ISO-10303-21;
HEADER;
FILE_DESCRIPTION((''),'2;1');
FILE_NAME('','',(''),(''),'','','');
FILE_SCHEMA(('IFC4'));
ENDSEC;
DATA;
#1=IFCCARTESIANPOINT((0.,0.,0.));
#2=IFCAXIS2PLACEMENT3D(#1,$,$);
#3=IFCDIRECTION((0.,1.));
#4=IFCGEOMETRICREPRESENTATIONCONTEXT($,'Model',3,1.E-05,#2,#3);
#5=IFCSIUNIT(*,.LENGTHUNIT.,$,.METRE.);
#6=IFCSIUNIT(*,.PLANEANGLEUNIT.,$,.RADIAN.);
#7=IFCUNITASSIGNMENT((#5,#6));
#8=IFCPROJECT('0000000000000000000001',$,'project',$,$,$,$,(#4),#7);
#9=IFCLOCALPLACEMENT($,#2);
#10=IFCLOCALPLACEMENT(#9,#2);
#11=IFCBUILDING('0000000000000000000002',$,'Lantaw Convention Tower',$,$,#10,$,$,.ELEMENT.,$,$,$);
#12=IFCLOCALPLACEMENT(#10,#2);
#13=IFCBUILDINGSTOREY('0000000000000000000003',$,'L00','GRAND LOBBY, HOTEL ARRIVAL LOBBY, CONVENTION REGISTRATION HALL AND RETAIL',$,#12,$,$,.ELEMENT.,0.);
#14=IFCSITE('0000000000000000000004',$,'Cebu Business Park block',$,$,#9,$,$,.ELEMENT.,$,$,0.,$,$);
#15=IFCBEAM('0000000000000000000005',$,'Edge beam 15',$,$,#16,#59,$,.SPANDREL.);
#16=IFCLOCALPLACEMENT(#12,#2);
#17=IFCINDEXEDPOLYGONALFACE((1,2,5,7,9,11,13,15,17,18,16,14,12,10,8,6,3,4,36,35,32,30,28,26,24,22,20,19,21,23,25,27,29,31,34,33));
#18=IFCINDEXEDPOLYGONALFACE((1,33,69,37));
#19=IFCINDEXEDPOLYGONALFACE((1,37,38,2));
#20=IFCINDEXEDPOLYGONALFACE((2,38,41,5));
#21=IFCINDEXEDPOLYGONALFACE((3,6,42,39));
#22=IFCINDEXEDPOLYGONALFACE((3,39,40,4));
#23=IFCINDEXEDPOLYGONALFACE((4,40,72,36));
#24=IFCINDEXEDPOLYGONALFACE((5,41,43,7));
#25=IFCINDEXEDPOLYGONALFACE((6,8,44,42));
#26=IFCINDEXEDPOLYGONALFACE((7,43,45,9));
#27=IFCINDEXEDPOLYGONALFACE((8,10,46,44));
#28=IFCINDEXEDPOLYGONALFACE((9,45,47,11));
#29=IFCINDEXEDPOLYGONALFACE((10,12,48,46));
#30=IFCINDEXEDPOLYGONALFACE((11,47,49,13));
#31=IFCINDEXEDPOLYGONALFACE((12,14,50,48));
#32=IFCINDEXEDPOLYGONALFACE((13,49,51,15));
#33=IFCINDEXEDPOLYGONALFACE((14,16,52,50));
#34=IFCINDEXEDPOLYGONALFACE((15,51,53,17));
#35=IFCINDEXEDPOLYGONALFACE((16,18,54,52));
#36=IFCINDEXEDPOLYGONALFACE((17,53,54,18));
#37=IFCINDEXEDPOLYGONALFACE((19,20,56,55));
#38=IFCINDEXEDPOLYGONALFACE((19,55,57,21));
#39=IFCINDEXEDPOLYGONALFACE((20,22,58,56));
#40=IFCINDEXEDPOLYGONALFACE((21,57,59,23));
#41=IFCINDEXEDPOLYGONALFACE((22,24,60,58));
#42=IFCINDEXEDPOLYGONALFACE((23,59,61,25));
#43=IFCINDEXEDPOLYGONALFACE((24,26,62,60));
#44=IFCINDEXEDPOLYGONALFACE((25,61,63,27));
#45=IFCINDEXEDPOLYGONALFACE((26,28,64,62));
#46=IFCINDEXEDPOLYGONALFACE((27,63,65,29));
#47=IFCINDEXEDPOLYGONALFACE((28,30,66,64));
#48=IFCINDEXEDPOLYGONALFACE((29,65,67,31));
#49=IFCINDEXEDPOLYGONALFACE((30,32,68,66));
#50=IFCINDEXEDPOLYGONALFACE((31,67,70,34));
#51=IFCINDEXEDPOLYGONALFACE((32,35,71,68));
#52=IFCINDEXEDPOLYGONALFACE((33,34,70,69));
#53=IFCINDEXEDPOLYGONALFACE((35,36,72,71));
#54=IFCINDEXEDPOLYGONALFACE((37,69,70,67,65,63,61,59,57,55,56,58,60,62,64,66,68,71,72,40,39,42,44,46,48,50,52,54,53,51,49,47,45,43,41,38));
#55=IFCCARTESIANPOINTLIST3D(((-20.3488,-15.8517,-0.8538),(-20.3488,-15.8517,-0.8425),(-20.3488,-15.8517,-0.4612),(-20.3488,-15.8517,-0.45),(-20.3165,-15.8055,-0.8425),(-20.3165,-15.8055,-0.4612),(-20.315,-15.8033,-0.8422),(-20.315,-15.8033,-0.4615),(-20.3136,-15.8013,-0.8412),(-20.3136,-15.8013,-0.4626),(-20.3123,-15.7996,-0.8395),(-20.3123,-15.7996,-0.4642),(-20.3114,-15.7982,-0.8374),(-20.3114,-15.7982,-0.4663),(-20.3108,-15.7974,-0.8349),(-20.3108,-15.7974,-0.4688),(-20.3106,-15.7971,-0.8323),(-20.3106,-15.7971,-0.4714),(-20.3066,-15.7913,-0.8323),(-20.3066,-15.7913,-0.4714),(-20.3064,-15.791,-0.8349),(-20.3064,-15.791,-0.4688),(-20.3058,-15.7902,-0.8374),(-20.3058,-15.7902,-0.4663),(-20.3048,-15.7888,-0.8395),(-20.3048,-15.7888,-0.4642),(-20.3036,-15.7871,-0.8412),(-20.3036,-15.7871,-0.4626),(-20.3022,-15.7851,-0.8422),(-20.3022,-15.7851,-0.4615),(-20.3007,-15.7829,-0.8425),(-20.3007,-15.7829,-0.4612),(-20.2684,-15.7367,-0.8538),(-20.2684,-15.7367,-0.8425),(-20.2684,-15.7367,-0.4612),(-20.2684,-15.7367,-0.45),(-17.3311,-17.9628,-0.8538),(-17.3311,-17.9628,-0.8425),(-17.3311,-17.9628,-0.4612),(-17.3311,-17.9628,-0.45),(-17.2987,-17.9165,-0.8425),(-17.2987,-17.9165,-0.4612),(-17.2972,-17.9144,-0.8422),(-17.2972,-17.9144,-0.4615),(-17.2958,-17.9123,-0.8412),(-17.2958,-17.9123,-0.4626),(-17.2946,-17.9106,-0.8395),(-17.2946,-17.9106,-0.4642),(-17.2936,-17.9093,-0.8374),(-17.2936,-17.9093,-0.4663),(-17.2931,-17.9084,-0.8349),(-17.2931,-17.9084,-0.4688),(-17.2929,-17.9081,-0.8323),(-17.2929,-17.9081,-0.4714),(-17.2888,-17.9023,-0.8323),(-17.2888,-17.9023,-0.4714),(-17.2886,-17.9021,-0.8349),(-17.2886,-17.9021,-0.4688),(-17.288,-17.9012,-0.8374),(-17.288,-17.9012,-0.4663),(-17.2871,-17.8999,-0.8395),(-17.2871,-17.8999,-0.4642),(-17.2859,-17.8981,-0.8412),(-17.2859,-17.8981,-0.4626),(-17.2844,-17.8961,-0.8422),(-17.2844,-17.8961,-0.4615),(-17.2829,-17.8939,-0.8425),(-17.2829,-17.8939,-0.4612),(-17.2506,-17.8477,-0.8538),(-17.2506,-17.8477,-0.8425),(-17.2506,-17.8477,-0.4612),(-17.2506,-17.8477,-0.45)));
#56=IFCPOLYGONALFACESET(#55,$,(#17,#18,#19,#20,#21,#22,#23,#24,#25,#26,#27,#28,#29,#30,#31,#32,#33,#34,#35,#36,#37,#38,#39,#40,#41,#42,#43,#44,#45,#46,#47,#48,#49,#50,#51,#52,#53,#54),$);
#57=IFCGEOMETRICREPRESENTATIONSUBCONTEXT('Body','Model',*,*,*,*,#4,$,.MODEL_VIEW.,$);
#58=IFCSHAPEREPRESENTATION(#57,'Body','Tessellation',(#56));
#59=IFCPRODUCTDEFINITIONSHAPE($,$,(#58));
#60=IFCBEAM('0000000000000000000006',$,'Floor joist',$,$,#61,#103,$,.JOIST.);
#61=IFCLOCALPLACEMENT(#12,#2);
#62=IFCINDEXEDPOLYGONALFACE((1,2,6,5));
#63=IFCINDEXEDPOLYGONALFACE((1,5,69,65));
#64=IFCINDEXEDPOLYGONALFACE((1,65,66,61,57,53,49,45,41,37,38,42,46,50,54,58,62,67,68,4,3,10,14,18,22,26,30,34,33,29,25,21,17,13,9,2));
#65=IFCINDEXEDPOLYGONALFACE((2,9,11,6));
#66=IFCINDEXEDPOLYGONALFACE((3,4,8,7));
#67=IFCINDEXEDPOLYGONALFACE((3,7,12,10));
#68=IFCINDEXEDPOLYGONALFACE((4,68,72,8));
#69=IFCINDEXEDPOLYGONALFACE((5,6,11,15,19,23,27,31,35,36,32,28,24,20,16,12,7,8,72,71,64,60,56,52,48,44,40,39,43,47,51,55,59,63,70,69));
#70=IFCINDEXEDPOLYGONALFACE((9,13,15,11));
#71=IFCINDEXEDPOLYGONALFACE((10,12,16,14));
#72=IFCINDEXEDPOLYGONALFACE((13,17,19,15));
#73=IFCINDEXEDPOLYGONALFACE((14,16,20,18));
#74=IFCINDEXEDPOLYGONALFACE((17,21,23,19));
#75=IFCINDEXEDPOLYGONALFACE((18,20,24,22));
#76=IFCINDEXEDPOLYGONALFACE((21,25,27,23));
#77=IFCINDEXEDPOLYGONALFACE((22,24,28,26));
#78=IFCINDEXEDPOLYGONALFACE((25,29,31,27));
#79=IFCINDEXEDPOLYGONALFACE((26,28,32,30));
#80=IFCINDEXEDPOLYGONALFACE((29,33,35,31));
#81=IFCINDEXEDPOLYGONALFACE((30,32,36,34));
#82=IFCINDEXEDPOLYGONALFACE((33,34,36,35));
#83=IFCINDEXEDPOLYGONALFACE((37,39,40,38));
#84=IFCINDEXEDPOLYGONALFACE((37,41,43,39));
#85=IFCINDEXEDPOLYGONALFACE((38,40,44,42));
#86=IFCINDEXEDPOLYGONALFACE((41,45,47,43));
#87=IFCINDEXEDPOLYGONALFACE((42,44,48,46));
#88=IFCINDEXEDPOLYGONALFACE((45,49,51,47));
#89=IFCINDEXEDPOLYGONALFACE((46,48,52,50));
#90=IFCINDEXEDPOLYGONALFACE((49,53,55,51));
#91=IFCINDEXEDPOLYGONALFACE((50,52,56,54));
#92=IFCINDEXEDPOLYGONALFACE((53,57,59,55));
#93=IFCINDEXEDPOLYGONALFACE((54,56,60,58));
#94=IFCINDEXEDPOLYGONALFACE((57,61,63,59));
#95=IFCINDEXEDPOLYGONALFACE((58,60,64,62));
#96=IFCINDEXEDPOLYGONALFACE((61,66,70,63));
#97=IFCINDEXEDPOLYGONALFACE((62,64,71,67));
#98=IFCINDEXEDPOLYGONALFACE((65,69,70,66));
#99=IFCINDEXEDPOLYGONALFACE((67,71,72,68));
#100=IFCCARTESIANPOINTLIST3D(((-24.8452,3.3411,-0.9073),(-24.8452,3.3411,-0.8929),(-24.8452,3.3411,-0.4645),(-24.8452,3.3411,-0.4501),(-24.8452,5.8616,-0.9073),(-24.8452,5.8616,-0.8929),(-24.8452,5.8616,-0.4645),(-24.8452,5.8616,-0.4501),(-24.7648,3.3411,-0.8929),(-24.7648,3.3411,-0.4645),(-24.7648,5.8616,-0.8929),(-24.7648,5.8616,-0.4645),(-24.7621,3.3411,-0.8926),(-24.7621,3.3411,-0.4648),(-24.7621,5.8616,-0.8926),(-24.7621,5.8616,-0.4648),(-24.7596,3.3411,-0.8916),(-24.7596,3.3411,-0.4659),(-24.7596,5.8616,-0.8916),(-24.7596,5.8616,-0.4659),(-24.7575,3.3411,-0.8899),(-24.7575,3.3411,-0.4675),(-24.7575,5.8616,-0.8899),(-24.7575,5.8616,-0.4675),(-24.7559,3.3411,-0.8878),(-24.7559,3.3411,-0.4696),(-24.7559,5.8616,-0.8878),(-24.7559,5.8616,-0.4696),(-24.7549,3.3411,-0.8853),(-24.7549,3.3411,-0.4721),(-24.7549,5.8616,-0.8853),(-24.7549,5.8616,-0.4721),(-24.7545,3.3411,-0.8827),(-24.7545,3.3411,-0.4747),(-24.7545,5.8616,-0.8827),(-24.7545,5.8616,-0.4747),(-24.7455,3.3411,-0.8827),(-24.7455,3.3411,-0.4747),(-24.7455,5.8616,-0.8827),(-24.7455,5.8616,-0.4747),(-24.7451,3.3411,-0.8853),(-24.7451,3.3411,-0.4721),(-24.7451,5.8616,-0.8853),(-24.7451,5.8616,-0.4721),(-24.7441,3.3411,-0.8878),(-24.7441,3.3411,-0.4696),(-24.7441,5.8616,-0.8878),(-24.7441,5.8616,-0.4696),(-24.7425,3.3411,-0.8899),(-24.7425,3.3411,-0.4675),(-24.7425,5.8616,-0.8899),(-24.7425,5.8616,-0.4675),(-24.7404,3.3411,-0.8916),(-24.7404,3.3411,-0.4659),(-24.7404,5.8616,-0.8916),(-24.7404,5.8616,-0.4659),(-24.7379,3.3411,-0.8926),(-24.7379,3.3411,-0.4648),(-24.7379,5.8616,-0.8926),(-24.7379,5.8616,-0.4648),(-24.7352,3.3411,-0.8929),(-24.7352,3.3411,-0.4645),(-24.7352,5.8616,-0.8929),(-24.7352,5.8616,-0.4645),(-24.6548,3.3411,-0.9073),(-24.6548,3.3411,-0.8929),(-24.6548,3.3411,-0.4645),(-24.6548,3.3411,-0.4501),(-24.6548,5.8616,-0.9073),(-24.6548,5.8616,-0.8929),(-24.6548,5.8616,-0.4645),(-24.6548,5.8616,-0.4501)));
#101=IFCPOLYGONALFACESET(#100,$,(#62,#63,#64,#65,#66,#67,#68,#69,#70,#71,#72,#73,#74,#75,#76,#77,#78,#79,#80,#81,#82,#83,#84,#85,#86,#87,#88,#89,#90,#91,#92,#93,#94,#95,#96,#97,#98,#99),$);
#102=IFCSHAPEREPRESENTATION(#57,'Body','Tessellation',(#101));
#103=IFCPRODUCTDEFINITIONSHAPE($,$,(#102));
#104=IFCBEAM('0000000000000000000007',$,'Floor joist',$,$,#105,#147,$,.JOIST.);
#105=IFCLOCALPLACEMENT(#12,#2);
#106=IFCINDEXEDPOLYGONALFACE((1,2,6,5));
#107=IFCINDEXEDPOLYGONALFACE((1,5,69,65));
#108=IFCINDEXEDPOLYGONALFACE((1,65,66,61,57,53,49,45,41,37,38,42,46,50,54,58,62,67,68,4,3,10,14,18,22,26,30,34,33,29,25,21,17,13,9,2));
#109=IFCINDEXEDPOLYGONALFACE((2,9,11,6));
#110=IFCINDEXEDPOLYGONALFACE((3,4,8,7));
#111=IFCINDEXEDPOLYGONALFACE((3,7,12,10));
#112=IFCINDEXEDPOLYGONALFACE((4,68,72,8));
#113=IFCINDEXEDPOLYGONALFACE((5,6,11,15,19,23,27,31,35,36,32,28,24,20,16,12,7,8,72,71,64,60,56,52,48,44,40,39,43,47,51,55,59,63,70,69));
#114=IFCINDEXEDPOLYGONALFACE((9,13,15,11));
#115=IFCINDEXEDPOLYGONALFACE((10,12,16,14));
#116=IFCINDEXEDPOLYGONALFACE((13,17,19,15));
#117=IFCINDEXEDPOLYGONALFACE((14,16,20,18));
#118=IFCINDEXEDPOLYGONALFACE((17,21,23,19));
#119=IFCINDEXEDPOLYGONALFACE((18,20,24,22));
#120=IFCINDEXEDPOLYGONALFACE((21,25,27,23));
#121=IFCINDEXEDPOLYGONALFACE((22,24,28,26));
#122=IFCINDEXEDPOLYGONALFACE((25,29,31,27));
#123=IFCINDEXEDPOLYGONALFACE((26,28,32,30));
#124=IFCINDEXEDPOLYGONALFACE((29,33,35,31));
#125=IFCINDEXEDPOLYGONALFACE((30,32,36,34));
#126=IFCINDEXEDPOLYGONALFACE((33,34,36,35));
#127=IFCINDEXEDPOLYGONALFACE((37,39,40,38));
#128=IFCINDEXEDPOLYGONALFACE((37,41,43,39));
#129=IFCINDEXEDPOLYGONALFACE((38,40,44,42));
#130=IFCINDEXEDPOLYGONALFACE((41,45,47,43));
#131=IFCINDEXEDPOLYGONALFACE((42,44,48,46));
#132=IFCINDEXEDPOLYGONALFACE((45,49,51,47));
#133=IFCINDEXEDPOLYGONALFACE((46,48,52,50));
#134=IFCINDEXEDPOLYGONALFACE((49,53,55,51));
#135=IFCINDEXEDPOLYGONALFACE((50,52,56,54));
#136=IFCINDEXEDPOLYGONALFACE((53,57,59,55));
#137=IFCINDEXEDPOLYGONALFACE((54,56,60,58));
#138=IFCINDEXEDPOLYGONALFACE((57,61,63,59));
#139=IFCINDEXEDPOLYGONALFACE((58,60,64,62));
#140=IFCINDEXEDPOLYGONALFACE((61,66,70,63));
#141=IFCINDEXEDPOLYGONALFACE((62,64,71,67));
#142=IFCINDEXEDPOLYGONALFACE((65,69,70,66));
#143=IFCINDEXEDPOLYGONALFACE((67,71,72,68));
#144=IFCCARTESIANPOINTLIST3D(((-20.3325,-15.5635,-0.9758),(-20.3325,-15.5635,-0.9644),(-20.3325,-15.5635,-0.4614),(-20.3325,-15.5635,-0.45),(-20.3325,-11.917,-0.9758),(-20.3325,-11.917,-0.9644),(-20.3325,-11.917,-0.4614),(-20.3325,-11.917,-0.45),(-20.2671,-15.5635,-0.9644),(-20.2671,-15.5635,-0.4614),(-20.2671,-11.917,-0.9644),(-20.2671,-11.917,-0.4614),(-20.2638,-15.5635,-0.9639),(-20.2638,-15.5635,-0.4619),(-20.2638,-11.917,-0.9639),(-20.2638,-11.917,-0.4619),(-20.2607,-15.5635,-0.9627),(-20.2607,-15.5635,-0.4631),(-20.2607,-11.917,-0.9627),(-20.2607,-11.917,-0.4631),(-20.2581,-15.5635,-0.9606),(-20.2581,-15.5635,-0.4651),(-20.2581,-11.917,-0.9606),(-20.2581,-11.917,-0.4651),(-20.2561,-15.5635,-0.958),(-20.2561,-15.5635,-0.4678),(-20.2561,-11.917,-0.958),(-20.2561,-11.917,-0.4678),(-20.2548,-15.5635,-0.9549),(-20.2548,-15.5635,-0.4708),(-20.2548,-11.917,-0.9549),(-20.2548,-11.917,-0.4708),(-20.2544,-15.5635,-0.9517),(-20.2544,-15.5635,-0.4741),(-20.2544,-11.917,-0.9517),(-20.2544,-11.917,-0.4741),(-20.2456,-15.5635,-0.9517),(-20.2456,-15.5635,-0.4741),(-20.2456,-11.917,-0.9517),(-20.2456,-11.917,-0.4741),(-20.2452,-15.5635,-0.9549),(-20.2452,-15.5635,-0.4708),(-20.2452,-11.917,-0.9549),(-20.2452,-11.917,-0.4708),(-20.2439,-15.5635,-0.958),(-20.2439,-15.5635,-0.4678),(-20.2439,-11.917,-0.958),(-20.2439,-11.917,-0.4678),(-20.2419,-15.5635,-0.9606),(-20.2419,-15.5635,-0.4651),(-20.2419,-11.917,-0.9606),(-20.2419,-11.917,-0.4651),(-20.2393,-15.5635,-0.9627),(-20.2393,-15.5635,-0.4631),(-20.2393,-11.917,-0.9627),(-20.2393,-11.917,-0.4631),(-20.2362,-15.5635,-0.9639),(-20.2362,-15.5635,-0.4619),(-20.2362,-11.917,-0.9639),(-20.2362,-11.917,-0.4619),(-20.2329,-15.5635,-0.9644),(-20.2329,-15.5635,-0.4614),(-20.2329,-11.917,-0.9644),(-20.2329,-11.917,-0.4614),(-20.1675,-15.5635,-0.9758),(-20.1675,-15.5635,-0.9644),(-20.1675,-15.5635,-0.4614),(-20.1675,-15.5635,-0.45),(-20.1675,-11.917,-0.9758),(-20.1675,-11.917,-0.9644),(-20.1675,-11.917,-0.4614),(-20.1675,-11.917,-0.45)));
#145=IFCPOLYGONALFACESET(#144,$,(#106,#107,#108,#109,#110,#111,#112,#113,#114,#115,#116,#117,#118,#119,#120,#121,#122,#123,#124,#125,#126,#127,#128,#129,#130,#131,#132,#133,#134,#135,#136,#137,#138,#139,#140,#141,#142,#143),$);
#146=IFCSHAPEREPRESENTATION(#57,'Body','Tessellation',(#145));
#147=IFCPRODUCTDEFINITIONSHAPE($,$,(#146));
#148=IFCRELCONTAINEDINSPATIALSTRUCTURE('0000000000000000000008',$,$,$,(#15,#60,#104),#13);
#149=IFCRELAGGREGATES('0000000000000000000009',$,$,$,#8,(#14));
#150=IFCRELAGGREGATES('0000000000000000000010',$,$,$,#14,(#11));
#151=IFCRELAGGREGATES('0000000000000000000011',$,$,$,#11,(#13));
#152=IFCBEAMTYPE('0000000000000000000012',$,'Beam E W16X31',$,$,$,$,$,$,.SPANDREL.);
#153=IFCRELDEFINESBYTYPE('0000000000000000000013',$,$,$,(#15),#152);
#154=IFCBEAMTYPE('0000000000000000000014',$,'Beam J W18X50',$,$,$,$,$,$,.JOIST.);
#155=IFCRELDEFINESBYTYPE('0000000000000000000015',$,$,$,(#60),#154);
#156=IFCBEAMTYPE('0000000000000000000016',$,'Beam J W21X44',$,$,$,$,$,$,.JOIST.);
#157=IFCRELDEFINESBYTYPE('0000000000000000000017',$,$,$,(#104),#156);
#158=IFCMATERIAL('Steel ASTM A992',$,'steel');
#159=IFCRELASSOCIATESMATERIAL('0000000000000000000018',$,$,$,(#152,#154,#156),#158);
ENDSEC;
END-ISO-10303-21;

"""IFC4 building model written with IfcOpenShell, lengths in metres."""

from ifc_helpers import new_model, si_unit, direction, frame, origin, origin_2d, place, context, subcontext, project, spatial, i_section, extrude, material, material_profile, profile_set, type_object, element, save


model = new_model("IFC4")

# Units and contexts
model_context = context("Model", 3, precision=1e-05, world=origin(), true_north=direction((0.0, 1.0)))
body_context = subcontext(model_context, "Body", "Model", "MODEL_VIEW")
ifc_project = project(units=[si_unit("LENGTHUNIT", "METRE"), si_unit("PLANEANGLEUNIT", "RADIAN")], contexts=[model_context])

# Site, building, storey
site_placement = place(None, origin())
site = spatial("IfcSite", under=ifc_project, at=site_placement, Name="Cebu Business Park block", CompositionType="ELEMENT", RefElevation=0.0)
building_placement = place(site_placement, origin())
building = spatial("IfcBuilding", under=site, at=building_placement, Name="Lantaw Convention Tower", CompositionType="ELEMENT")
storey_placement = place(building_placement, origin())
storey = spatial("IfcBuildingStorey", under=building, at=storey_placement, Name="L00", Description="GRAND LOBBY, HOTEL ARRIVAL LOBBY, CONVENTION REGISTRATION HALL AND RETAIL", CompositionType="ELEMENT", Elevation=0.0)

# Beams
ifc_material_1 = material(Name="Steel ASTM A992", Category="steel")
ifc_material_profile_1 = material_profile(ifc_material_1, i_section(OverallWidth=0.1404, OverallDepth=0.4038, WebThickness=0.0071, FlangeThickness=0.0112, FilletRadius=0.0103, at=origin_2d()), Name="W16X31")
ifc_profile_set_1 = profile_set([ifc_material_profile_1], Name="Steel ASTM A992")
beam_type_1 = type_object("IfcBeamType", Name="Beam E W16X31", PredefinedType="SPANDREL", material=ifc_profile_set_1)
beam_1_placement = place(storey_placement, frame((-20.3086, -15.7942, -0.6519), z_axis=(0.819409, -0.573209, 0.0), x_axis=(0.573209, 0.819409, 0.0)))
element("IfcBeam", 1, at=beam_1_placement, inside=storey, type_object=beam_type_1, Name="Edge beam 15", PredefinedType="SPANDREL", context=body_context, shape_type="SweptSolid", body=[
    extrude(i_section(OverallWidth=0.1404, OverallDepth=0.4038, WebThickness=0.0071, FlangeThickness=0.0112, FilletRadius=0.0103, at=origin_2d()), origin(), (0.0, 0.0, 1.0), 3.6829),
])
ifc_material_profile_2 = material_profile(ifc_material_1, i_section(OverallWidth=0.1904, OverallDepth=0.4573, WebThickness=0.009, FlangeThickness=0.0144, FilletRadius=0.0103, at=origin_2d()), Name="W18X50")
ifc_profile_set_2 = profile_set([ifc_material_profile_2], Name="Steel ASTM A992")
beam_type_2 = type_object("IfcBeamType", Name="Beam J W18X50", PredefinedType="JOIST", material=ifc_profile_set_2)
beam_2_placement = place(storey_placement, frame((-24.75, 3.3411, -0.6787), z_axis=(0.0, 1.0, 0.0), x_axis=(-1.0, 0.0, 0.0)))
element("IfcBeam", 2, at=beam_2_placement, inside=storey, type_object=beam_type_2, Name="Floor joist", PredefinedType="JOIST", context=body_context, shape_type="SweptSolid", body=[
    extrude(i_section(OverallWidth=0.1904, OverallDepth=0.4573, WebThickness=0.009, FlangeThickness=0.0144, FilletRadius=0.0103, at=origin_2d()), origin(), (0.0, 0.0, 1.0), 2.5205),
])
ifc_material_profile_3 = material_profile(ifc_material_1, i_section(OverallWidth=0.165, OverallDepth=0.5259, WebThickness=0.0088, FlangeThickness=0.0115, FilletRadius=0.0127, at=origin_2d()), Name="W21X44")
ifc_profile_set_3 = profile_set([ifc_material_profile_3], Name="Steel ASTM A992")
beam_type_3 = type_object("IfcBeamType", Name="Beam J W21X44", PredefinedType="JOIST", material=ifc_profile_set_3)
beam_3_placement = place(storey_placement, frame((-20.25, -15.5635, -0.7129), z_axis=(0.0, 1.0, 0.0), x_axis=(-1.0, 0.0, 0.0)))
element("IfcBeam", 3, at=beam_3_placement, inside=storey, type_object=beam_type_3, Name="Floor joist", PredefinedType="JOIST", context=body_context, shape_type="SweptSolid", body=[
    extrude(i_section(OverallWidth=0.165, OverallDepth=0.5259, WebThickness=0.0088, FlangeThickness=0.0115, FilletRadius=0.0127, at=origin_2d()), origin(), (0.0, 0.0, 1.0), 3.6465),
])

save(model, "model.ifc")
